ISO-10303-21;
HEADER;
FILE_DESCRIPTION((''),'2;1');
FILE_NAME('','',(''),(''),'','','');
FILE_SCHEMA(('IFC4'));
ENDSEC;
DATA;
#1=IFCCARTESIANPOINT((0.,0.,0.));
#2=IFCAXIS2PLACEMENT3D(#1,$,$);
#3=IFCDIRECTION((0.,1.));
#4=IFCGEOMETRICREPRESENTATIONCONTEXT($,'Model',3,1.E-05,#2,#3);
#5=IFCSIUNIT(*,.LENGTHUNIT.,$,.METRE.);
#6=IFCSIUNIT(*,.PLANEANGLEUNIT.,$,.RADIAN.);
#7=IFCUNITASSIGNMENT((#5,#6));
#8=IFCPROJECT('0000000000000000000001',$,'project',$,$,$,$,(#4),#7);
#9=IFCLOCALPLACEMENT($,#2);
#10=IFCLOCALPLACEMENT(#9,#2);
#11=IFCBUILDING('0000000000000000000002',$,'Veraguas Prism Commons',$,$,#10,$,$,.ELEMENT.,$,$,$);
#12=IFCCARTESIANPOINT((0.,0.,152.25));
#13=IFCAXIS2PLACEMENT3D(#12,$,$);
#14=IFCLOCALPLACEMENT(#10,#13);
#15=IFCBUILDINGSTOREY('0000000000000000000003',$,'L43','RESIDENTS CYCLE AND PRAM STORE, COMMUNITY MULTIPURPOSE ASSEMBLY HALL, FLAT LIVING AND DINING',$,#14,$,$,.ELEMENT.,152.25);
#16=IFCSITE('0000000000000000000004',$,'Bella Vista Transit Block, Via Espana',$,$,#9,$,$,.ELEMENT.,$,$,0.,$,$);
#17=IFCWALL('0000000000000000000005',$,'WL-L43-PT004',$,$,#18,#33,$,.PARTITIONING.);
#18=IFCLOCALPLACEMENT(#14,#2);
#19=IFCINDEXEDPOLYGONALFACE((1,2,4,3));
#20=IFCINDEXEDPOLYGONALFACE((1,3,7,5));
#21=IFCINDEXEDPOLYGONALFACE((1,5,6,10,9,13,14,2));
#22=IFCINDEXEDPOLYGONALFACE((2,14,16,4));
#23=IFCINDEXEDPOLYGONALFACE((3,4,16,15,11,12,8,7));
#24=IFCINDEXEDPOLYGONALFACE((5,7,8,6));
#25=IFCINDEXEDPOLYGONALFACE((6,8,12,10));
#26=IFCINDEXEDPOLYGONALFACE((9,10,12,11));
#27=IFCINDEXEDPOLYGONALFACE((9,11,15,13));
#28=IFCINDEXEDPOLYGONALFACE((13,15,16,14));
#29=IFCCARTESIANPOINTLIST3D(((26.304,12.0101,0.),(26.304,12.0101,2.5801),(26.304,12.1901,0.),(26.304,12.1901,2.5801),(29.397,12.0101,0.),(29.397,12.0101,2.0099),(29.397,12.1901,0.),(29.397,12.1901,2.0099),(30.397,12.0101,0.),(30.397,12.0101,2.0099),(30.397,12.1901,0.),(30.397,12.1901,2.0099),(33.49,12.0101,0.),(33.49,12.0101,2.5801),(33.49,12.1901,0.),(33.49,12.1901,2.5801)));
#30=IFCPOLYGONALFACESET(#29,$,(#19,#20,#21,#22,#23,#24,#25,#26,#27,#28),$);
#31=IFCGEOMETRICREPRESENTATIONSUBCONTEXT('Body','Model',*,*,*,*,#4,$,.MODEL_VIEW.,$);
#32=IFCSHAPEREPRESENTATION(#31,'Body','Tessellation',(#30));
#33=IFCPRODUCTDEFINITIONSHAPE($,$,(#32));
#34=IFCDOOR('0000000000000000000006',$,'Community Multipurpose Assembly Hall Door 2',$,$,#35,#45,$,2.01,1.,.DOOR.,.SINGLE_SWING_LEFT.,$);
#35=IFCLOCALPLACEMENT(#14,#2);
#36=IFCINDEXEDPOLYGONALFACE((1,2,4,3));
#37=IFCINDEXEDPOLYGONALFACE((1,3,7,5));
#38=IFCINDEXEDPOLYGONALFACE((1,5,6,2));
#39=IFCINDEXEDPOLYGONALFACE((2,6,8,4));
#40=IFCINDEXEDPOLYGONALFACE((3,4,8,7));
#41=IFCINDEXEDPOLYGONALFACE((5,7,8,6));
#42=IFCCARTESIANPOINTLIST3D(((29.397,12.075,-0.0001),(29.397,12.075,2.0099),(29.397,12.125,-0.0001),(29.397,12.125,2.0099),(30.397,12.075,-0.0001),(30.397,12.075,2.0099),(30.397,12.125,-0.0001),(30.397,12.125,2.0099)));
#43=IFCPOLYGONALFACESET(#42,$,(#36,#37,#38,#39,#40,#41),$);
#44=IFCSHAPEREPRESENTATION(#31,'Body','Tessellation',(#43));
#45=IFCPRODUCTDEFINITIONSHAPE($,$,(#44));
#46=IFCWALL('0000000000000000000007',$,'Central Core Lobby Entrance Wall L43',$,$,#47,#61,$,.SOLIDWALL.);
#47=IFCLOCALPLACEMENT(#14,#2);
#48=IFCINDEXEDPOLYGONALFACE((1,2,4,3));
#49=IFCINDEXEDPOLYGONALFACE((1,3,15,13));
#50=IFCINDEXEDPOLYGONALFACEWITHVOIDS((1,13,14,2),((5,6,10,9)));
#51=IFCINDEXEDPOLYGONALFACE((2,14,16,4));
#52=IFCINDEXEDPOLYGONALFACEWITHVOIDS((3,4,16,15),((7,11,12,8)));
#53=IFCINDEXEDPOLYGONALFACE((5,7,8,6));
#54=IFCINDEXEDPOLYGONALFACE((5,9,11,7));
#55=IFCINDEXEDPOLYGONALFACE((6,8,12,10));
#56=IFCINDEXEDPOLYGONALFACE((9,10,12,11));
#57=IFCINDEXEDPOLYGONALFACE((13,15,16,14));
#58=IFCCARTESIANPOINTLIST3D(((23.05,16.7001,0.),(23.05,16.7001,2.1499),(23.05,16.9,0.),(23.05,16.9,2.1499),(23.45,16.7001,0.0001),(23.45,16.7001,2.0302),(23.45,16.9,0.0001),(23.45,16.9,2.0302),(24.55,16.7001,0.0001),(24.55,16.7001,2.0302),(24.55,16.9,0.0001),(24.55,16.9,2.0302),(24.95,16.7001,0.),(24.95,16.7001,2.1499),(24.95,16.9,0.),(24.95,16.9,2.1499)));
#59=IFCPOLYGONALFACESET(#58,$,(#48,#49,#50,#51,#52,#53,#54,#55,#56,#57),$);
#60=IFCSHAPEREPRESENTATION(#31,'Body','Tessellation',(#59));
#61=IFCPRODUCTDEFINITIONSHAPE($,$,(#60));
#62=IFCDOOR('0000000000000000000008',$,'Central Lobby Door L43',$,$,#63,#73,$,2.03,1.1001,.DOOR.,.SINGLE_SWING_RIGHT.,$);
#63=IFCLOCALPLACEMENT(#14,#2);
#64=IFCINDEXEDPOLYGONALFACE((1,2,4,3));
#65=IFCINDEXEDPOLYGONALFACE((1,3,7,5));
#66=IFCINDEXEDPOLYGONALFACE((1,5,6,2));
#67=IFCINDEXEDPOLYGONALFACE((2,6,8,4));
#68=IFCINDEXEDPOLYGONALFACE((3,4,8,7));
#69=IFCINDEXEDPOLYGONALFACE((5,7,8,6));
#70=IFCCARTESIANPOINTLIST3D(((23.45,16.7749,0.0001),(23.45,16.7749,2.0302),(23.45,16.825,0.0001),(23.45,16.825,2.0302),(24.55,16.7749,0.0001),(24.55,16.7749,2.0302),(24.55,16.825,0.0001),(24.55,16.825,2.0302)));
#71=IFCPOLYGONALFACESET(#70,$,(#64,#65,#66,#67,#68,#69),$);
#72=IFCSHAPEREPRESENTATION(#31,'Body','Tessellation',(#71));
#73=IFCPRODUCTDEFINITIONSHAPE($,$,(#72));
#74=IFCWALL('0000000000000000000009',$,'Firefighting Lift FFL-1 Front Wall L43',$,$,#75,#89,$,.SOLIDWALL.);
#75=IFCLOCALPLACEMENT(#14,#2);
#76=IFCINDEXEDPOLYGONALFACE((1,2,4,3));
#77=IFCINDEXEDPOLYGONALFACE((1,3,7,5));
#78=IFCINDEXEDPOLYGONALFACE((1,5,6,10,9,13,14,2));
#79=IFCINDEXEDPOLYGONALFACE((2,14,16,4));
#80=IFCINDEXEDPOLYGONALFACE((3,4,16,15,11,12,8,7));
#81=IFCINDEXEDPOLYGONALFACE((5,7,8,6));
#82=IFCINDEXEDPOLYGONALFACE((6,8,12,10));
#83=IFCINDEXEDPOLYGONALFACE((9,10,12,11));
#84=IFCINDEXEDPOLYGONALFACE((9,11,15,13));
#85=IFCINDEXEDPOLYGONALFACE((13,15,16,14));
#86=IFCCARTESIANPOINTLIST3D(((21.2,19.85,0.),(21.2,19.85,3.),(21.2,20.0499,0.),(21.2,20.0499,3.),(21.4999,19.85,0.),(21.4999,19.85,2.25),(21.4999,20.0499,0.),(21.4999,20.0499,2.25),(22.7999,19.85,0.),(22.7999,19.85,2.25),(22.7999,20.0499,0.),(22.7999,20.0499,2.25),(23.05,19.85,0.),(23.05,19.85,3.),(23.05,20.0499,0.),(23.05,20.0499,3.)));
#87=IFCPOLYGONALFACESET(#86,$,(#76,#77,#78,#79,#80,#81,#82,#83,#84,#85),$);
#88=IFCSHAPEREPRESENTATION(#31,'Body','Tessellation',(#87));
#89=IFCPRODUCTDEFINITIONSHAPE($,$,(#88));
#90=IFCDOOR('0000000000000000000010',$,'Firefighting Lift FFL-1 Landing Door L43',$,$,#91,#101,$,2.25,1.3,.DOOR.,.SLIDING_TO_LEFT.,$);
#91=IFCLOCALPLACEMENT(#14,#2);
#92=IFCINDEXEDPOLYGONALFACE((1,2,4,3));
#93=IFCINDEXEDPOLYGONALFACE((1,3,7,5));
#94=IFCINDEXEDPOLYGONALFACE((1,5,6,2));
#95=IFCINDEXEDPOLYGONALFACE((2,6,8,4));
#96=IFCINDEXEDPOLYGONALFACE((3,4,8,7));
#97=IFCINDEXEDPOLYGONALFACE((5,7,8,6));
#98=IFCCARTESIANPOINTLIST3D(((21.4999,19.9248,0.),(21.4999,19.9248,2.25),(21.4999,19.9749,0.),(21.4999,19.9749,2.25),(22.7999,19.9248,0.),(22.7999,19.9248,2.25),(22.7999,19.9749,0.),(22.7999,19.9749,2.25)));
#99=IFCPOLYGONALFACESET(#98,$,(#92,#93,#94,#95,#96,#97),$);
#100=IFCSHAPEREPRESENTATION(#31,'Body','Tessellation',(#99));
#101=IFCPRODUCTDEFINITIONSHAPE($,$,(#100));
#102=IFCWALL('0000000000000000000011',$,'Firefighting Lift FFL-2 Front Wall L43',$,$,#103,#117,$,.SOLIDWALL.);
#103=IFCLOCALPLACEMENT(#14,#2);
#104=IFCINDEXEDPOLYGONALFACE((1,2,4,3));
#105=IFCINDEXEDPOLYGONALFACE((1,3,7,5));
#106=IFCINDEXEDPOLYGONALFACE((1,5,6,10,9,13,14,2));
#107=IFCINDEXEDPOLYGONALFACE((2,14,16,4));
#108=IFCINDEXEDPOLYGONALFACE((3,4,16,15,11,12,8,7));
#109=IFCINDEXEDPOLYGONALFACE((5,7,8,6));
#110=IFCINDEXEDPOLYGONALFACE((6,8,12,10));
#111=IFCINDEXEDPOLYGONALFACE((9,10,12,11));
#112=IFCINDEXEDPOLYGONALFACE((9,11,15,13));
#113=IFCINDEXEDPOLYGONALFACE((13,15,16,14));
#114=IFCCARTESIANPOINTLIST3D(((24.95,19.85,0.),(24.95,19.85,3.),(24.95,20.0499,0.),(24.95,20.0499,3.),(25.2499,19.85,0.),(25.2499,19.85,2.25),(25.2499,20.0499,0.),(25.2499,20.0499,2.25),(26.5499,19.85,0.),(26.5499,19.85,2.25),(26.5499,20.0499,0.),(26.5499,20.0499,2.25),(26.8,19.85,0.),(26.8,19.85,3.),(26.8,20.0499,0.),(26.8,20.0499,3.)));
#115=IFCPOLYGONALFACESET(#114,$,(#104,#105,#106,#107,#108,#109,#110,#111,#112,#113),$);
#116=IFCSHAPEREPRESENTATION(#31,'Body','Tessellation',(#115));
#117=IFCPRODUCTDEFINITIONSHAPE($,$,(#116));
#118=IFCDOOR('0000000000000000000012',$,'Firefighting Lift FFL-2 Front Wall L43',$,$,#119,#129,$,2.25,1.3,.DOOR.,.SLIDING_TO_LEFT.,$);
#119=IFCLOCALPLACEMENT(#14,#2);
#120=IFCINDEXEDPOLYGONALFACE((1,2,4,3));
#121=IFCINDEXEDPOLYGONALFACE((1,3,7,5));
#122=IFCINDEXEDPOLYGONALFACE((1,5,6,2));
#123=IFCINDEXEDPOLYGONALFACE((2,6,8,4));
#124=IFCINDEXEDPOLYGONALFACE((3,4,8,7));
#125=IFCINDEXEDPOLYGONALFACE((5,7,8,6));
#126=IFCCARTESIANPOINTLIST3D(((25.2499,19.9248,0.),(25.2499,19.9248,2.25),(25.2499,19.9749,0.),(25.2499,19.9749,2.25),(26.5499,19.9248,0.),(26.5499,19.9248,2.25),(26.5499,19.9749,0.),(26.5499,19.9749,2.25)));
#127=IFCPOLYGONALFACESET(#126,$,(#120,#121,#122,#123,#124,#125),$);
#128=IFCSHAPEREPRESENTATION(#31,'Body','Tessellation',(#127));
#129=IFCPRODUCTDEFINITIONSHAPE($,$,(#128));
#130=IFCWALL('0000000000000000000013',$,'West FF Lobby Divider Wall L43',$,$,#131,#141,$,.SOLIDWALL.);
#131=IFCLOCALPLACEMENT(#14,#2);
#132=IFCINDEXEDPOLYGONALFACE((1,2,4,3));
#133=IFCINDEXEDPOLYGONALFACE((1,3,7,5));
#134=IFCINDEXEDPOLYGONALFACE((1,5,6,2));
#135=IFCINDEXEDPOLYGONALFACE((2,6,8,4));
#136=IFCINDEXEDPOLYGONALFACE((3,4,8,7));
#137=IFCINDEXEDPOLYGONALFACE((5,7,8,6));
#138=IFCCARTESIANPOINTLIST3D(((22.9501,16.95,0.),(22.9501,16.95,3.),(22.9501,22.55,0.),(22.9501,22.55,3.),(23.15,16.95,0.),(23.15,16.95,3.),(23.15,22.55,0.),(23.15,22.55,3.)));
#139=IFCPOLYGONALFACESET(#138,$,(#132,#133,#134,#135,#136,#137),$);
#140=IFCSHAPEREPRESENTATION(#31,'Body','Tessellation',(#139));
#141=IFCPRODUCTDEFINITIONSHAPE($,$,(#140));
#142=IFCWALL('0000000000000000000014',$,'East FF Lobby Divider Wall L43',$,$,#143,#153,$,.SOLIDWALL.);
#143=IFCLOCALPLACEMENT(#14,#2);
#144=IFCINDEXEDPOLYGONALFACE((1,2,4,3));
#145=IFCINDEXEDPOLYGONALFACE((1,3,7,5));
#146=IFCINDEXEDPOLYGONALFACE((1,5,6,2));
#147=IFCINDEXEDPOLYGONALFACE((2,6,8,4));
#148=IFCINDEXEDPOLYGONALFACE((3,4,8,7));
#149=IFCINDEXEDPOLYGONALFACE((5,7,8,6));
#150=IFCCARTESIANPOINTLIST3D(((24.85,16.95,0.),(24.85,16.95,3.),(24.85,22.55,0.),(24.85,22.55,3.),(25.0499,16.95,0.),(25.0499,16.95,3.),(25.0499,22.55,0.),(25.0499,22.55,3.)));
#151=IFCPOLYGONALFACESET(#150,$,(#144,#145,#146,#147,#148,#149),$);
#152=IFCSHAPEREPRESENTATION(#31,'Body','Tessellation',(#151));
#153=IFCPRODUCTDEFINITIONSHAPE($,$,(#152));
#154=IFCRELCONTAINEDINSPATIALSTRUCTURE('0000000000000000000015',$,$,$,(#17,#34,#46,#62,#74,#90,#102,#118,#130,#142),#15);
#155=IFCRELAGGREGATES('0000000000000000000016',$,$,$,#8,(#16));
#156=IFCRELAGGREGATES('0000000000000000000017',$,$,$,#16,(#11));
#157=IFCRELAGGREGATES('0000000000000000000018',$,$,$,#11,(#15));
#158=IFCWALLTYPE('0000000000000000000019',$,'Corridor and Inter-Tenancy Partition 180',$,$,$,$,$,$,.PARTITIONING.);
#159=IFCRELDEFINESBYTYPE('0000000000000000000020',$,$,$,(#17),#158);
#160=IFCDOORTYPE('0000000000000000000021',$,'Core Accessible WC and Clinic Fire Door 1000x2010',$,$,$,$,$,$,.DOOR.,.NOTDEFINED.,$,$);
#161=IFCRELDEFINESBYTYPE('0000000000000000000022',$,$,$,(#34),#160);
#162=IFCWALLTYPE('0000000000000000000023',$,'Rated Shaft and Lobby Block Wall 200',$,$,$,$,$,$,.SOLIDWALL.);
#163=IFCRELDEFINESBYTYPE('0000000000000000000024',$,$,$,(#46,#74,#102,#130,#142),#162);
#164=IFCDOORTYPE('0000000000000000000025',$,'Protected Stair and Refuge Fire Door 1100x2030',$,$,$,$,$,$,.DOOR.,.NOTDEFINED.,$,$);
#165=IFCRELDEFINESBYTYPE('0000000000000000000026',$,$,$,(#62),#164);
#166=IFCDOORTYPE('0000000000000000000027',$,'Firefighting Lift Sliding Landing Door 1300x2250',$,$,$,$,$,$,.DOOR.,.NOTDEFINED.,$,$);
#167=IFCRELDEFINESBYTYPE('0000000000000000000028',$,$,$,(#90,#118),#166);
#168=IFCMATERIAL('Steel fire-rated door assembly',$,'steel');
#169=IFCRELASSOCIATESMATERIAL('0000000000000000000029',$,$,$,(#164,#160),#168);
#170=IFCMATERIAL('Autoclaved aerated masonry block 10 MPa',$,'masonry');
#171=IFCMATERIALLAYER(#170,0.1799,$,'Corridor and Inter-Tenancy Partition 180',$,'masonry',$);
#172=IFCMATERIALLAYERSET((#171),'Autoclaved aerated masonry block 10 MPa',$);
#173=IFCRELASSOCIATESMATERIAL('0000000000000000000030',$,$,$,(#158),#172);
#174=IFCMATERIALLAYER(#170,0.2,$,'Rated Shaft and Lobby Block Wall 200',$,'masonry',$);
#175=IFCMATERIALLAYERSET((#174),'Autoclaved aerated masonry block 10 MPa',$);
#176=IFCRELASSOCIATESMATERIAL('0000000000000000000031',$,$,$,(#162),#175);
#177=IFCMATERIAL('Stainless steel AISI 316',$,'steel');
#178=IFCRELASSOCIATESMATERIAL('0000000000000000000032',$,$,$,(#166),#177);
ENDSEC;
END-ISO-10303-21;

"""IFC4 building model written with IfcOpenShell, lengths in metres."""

from ifc_helpers import new_model, si_unit, direction, frame, frame_2d, origin, place, context, subcontext, project, spatial, rectangle, extrude, source, transform, mapped, material, layer, layer_set, type_object, element, fill, save


model = new_model("IFC4")

# Units and contexts
model_context = context("Model", 3, precision=1e-05, world=origin(), true_north=direction((0.0, 1.0)))
body_context = subcontext(model_context, "Body", "Model", "MODEL_VIEW")
ifc_project = project(units=[si_unit("LENGTHUNIT", "METRE"), si_unit("PLANEANGLEUNIT", "RADIAN")], contexts=[model_context])

# Site, building, storey
site_placement = place(None, origin())
site = spatial("IfcSite", under=ifc_project, at=site_placement, Name="Bella Vista Transit Block, Via Espana", CompositionType="ELEMENT", RefElevation=0.0)
building_placement = place(site_placement, origin())
building = spatial("IfcBuilding", under=site, at=building_placement, Name="Veraguas Prism Commons", CompositionType="ELEMENT")
storey_placement = place(building_placement, frame((0.0, 0.0, 152.25)))
storey = spatial("IfcBuildingStorey", under=building, at=storey_placement, Name="L43", Description="RESIDENTS CYCLE AND PRAM STORE, COMMUNITY MULTIPURPOSE ASSEMBLY HALL, FLAT LIVING AND DINING", CompositionType="ELEMENT", Elevation=152.25)

# Shared definitions
ifc_material_1 = material(Name="Steel fire-rated door assembly", Category="steel")
door_type_1 = type_object("IfcDoorType", Name="Protected Stair and Refuge Fire Door 1100x2030", OperationType="NOTDEFINED", PredefinedType="DOOR", material=ifc_material_1)
shared_shape_1 = source(origin(), body_context, "Body", "SweptSolid", [
    extrude(rectangle(XDim=1.1001, YDim=2.03, at=frame_2d((0.55, 1.0151))), frame((0.0, 0.0249, 0.0), z_axis=(0.0, -1.0, 0.0), x_axis=(1.0, 0.0, 0.0)), (0.0, 0.0, 1.0), 0.05),
])

# Walls, openings, doors
ifc_material_2 = material(Name="Autoclaved aerated masonry block 10 MPa", Category="masonry")
ifc_layer_1 = layer(ifc_material_2, 0.1799, Name="Corridor and Inter-Tenancy Partition 180", Category="masonry")
ifc_layer_set_1 = layer_set([ifc_layer_1], Name="Autoclaved aerated masonry block 10 MPa")
wall_type_1 = type_object("IfcWallType", Name="Corridor and Inter-Tenancy Partition 180", PredefinedType="PARTITIONING", material=ifc_layer_set_1)
wall_1_placement = place(storey_placement, frame((26.304, 12.1001, 0.0), z_axis=(0.0, 0.0, 1.0), x_axis=(1.0, 0.0, 0.0)))
wall_1 = element("IfcWall", 1, at=wall_1_placement, inside=storey, type_object=wall_type_1, Name="WL-L43-PT004", PredefinedType="PARTITIONING", context=body_context, shape_type="SweptSolid", body=[
    extrude(rectangle(XDim=7.186, YDim=0.1799, at=frame_2d((3.593, 0.0))), origin(), (0.0, 0.0, 1.0), 2.5801),
])
opening_1_placement = place(wall_1_placement, frame((3.093, 0.0, 0.0)))
opening_1 = element("IfcOpeningElement", 2, at=opening_1_placement, cuts=wall_1, PredefinedType="OPENING", context=body_context, shape_type="SweptSolid", body=[
    extrude(rectangle(XDim=1.0, YDim=2.01, at=frame_2d((0.5, 1.0049))), frame((0.0, 0.0999, 0.0), z_axis=(0.0, -1.0, 0.0), x_axis=(1.0, 0.0, 0.0)), (0.0, 0.0, 1.0), 0.2),
])
door_type_2 = type_object("IfcDoorType", Name="Core Accessible WC and Clinic Fire Door 1000x2010", OperationType="NOTDEFINED", PredefinedType="DOOR", material=ifc_material_1)
shared_shape_2 = source(origin(), body_context, "Body", "SweptSolid", [
    extrude(rectangle(XDim=1.0, YDim=2.01, at=frame_2d((0.5, 1.0049))), frame((0.0, 0.0249, 0.0), z_axis=(0.0, -1.0, 0.0), x_axis=(1.0, 0.0, 0.0)), (0.0, 0.0, 1.0), 0.05),
])
door_1_placement = place(opening_1_placement, origin())
door_1 = element("IfcDoor", 3, at=door_1_placement, inside=storey, type_object=door_type_2, Name="Community Multipurpose Assembly Hall Door 2", OperationType="SINGLE_SWING_LEFT", OverallHeight=2.01, OverallWidth=1.0, PredefinedType="DOOR", context=body_context, shape_type="MappedRepresentation", body=[
    mapped(shared_shape_2, transform((0.0, 0.0, 0.0), scale=1.0)),
])
fill(opening_1, door_1)
ifc_layer_2 = layer(ifc_material_2, 0.2, Name="Rated Shaft and Lobby Block Wall 200", Category="masonry")
ifc_layer_set_2 = layer_set([ifc_layer_2], Name="Autoclaved aerated masonry block 10 MPa")
wall_type_2 = type_object("IfcWallType", Name="Rated Shaft and Lobby Block Wall 200", PredefinedType="SOLIDWALL", material=ifc_layer_set_2)
wall_2_placement = place(storey_placement, frame((23.05, 16.8, 0.0), z_axis=(0.0, 0.0, 1.0), x_axis=(1.0, 0.0, 0.0)))
wall_2 = element("IfcWall", 4, at=wall_2_placement, inside=storey, type_object=wall_type_2, Name="Central Core Lobby Entrance Wall L43", PredefinedType="SOLIDWALL", context=body_context, shape_type="SweptSolid", body=[
    extrude(rectangle(XDim=1.8999, YDim=0.2, at=frame_2d((0.95, 0.0))), origin(), (0.0, 0.0, 1.0), 2.1499),
])
opening_2_placement = place(wall_2_placement, frame((0.3999, 0.0, 0.0)))
opening_2 = element("IfcOpeningElement", 5, at=opening_2_placement, cuts=wall_2, PredefinedType="OPENING", context=body_context, shape_type="SweptSolid", body=[
    extrude(rectangle(XDim=1.1001, YDim=2.03, at=frame_2d((0.55, 1.0151))), frame((0.0, 0.1099, 0.0), z_axis=(0.0, -1.0, 0.0), x_axis=(1.0, 0.0, 0.0)), (0.0, 0.0, 1.0), 0.22),
])
door_2_placement = place(opening_2_placement, origin())
door_2 = element("IfcDoor", 6, at=door_2_placement, inside=storey, type_object=door_type_1, Name="Central Lobby Door L43", OperationType="SINGLE_SWING_RIGHT", OverallHeight=2.03, OverallWidth=1.1001, PredefinedType="DOOR", context=body_context, shape_type="MappedRepresentation", body=[
    mapped(shared_shape_1, transform((0.0, 0.0, 0.0), scale=1.0)),
])
fill(opening_2, door_2)
wall_3_placement = place(storey_placement, frame((21.2, 19.95, 0.0), z_axis=(0.0, 0.0, 1.0), x_axis=(1.0, 0.0, 0.0)))
wall_3 = element("IfcWall", 7, at=wall_3_placement, inside=storey, type_object=wall_type_2, Name="Firefighting Lift FFL-1 Front Wall L43", PredefinedType="SOLIDWALL", context=body_context, shape_type="SweptSolid", body=[
    extrude(rectangle(XDim=1.8501, YDim=0.2, at=frame_2d((0.925, 0.0))), origin(), (0.0, 0.0, 1.0), 3.0),
])
opening_3_placement = place(wall_3_placement, frame((0.3, 0.0, 0.0)))
opening_3 = element("IfcOpeningElement", 8, at=opening_3_placement, cuts=wall_3, PredefinedType="OPENING", context=body_context, shape_type="SweptSolid", body=[
    extrude(rectangle(XDim=1.3, YDim=2.25, at=frame_2d((0.6499, 1.125))), frame((0.0, 0.1099, 0.0), z_axis=(0.0, -1.0, 0.0), x_axis=(1.0, 0.0, 0.0)), (0.0, 0.0, 1.0), 0.22),
])
ifc_material_3 = material(Name="Stainless steel AISI 316", Category="steel")
door_type_3 = type_object("IfcDoorType", Name="Firefighting Lift Sliding Landing Door 1300x2250", OperationType="NOTDEFINED", PredefinedType="DOOR", material=ifc_material_3)
shared_shape_3 = source(origin(), body_context, "Body", "SweptSolid", [
    extrude(rectangle(XDim=1.3, YDim=2.25, at=frame_2d((0.6499, 1.125))), frame((0.0, 0.0249, 0.0), z_axis=(0.0, -1.0, 0.0), x_axis=(1.0, 0.0, 0.0)), (0.0, 0.0, 1.0), 0.05),
])
door_3_placement = place(opening_3_placement, origin())
door_3 = element("IfcDoor", 9, at=door_3_placement, inside=storey, type_object=door_type_3, Name="Firefighting Lift FFL-1 Landing Door L43", OperationType="SLIDING_TO_LEFT", OverallHeight=2.25, OverallWidth=1.3, PredefinedType="DOOR", context=body_context, shape_type="MappedRepresentation", body=[
    mapped(shared_shape_3, transform((0.0, 0.0, 0.0), scale=1.0)),
])
fill(opening_3, door_3)
wall_4_placement = place(storey_placement, frame((24.95, 19.95, 0.0), z_axis=(0.0, 0.0, 1.0), x_axis=(1.0, 0.0, 0.0)))
wall_4 = element("IfcWall", 10, at=wall_4_placement, inside=storey, type_object=wall_type_2, Name="Firefighting Lift FFL-2 Front Wall L43", PredefinedType="SOLIDWALL", context=body_context, shape_type="SweptSolid", body=[
    extrude(rectangle(XDim=1.8501, YDim=0.2, at=frame_2d((0.925, 0.0))), origin(), (0.0, 0.0, 1.0), 3.0),
])
opening_4_placement = place(wall_4_placement, frame((0.3, 0.0, 0.0)))
opening_4 = element("IfcOpeningElement", 11, at=opening_4_placement, cuts=wall_4, PredefinedType="OPENING", context=body_context, shape_type="SweptSolid", body=[
    extrude(rectangle(XDim=1.3, YDim=2.25, at=frame_2d((0.6499, 1.125))), frame((0.0, 0.1099, 0.0), z_axis=(0.0, -1.0, 0.0), x_axis=(1.0, 0.0, 0.0)), (0.0, 0.0, 1.0), 0.22),
])
door_4_placement = place(opening_4_placement, origin())
door_4 = element("IfcDoor", 12, at=door_4_placement, inside=storey, type_object=door_type_3, Name="Firefighting Lift FFL-2 Front Wall L43", OperationType="SLIDING_TO_LEFT", OverallHeight=2.25, OverallWidth=1.3, PredefinedType="DOOR", context=body_context, shape_type="MappedRepresentation", body=[
    mapped(shared_shape_3, transform((0.0, 0.0, 0.0), scale=1.0)),
])
fill(opening_4, door_4)

# Walls
for number, where, z_axis, x_axis, name in (
    (13, (23.05, 16.95, 0.0), (0.0, 0.0, 1.0), (0.0, 1.0, 0.0), "West FF Lobby Divider Wall L43"),
    (14, (24.95, 16.95, 0.0), (0.0, 0.0, 1.0), (0.0, 1.0, 0.0), "East FF Lobby Divider Wall L43"),
):
    element("IfcWall", number, at=place(storey_placement, frame(where, z_axis=z_axis, x_axis=x_axis)), inside=storey, type_object=wall_type_2, Name=name, PredefinedType="SOLIDWALL", context=body_context, shape_type="SweptSolid", body=[
        extrude(rectangle(XDim=5.6001, YDim=0.2, at=frame_2d((2.8, 0.0))), origin(), (0.0, 0.0, 1.0), 3.0),
    ])

save(model, "model.ifc")
